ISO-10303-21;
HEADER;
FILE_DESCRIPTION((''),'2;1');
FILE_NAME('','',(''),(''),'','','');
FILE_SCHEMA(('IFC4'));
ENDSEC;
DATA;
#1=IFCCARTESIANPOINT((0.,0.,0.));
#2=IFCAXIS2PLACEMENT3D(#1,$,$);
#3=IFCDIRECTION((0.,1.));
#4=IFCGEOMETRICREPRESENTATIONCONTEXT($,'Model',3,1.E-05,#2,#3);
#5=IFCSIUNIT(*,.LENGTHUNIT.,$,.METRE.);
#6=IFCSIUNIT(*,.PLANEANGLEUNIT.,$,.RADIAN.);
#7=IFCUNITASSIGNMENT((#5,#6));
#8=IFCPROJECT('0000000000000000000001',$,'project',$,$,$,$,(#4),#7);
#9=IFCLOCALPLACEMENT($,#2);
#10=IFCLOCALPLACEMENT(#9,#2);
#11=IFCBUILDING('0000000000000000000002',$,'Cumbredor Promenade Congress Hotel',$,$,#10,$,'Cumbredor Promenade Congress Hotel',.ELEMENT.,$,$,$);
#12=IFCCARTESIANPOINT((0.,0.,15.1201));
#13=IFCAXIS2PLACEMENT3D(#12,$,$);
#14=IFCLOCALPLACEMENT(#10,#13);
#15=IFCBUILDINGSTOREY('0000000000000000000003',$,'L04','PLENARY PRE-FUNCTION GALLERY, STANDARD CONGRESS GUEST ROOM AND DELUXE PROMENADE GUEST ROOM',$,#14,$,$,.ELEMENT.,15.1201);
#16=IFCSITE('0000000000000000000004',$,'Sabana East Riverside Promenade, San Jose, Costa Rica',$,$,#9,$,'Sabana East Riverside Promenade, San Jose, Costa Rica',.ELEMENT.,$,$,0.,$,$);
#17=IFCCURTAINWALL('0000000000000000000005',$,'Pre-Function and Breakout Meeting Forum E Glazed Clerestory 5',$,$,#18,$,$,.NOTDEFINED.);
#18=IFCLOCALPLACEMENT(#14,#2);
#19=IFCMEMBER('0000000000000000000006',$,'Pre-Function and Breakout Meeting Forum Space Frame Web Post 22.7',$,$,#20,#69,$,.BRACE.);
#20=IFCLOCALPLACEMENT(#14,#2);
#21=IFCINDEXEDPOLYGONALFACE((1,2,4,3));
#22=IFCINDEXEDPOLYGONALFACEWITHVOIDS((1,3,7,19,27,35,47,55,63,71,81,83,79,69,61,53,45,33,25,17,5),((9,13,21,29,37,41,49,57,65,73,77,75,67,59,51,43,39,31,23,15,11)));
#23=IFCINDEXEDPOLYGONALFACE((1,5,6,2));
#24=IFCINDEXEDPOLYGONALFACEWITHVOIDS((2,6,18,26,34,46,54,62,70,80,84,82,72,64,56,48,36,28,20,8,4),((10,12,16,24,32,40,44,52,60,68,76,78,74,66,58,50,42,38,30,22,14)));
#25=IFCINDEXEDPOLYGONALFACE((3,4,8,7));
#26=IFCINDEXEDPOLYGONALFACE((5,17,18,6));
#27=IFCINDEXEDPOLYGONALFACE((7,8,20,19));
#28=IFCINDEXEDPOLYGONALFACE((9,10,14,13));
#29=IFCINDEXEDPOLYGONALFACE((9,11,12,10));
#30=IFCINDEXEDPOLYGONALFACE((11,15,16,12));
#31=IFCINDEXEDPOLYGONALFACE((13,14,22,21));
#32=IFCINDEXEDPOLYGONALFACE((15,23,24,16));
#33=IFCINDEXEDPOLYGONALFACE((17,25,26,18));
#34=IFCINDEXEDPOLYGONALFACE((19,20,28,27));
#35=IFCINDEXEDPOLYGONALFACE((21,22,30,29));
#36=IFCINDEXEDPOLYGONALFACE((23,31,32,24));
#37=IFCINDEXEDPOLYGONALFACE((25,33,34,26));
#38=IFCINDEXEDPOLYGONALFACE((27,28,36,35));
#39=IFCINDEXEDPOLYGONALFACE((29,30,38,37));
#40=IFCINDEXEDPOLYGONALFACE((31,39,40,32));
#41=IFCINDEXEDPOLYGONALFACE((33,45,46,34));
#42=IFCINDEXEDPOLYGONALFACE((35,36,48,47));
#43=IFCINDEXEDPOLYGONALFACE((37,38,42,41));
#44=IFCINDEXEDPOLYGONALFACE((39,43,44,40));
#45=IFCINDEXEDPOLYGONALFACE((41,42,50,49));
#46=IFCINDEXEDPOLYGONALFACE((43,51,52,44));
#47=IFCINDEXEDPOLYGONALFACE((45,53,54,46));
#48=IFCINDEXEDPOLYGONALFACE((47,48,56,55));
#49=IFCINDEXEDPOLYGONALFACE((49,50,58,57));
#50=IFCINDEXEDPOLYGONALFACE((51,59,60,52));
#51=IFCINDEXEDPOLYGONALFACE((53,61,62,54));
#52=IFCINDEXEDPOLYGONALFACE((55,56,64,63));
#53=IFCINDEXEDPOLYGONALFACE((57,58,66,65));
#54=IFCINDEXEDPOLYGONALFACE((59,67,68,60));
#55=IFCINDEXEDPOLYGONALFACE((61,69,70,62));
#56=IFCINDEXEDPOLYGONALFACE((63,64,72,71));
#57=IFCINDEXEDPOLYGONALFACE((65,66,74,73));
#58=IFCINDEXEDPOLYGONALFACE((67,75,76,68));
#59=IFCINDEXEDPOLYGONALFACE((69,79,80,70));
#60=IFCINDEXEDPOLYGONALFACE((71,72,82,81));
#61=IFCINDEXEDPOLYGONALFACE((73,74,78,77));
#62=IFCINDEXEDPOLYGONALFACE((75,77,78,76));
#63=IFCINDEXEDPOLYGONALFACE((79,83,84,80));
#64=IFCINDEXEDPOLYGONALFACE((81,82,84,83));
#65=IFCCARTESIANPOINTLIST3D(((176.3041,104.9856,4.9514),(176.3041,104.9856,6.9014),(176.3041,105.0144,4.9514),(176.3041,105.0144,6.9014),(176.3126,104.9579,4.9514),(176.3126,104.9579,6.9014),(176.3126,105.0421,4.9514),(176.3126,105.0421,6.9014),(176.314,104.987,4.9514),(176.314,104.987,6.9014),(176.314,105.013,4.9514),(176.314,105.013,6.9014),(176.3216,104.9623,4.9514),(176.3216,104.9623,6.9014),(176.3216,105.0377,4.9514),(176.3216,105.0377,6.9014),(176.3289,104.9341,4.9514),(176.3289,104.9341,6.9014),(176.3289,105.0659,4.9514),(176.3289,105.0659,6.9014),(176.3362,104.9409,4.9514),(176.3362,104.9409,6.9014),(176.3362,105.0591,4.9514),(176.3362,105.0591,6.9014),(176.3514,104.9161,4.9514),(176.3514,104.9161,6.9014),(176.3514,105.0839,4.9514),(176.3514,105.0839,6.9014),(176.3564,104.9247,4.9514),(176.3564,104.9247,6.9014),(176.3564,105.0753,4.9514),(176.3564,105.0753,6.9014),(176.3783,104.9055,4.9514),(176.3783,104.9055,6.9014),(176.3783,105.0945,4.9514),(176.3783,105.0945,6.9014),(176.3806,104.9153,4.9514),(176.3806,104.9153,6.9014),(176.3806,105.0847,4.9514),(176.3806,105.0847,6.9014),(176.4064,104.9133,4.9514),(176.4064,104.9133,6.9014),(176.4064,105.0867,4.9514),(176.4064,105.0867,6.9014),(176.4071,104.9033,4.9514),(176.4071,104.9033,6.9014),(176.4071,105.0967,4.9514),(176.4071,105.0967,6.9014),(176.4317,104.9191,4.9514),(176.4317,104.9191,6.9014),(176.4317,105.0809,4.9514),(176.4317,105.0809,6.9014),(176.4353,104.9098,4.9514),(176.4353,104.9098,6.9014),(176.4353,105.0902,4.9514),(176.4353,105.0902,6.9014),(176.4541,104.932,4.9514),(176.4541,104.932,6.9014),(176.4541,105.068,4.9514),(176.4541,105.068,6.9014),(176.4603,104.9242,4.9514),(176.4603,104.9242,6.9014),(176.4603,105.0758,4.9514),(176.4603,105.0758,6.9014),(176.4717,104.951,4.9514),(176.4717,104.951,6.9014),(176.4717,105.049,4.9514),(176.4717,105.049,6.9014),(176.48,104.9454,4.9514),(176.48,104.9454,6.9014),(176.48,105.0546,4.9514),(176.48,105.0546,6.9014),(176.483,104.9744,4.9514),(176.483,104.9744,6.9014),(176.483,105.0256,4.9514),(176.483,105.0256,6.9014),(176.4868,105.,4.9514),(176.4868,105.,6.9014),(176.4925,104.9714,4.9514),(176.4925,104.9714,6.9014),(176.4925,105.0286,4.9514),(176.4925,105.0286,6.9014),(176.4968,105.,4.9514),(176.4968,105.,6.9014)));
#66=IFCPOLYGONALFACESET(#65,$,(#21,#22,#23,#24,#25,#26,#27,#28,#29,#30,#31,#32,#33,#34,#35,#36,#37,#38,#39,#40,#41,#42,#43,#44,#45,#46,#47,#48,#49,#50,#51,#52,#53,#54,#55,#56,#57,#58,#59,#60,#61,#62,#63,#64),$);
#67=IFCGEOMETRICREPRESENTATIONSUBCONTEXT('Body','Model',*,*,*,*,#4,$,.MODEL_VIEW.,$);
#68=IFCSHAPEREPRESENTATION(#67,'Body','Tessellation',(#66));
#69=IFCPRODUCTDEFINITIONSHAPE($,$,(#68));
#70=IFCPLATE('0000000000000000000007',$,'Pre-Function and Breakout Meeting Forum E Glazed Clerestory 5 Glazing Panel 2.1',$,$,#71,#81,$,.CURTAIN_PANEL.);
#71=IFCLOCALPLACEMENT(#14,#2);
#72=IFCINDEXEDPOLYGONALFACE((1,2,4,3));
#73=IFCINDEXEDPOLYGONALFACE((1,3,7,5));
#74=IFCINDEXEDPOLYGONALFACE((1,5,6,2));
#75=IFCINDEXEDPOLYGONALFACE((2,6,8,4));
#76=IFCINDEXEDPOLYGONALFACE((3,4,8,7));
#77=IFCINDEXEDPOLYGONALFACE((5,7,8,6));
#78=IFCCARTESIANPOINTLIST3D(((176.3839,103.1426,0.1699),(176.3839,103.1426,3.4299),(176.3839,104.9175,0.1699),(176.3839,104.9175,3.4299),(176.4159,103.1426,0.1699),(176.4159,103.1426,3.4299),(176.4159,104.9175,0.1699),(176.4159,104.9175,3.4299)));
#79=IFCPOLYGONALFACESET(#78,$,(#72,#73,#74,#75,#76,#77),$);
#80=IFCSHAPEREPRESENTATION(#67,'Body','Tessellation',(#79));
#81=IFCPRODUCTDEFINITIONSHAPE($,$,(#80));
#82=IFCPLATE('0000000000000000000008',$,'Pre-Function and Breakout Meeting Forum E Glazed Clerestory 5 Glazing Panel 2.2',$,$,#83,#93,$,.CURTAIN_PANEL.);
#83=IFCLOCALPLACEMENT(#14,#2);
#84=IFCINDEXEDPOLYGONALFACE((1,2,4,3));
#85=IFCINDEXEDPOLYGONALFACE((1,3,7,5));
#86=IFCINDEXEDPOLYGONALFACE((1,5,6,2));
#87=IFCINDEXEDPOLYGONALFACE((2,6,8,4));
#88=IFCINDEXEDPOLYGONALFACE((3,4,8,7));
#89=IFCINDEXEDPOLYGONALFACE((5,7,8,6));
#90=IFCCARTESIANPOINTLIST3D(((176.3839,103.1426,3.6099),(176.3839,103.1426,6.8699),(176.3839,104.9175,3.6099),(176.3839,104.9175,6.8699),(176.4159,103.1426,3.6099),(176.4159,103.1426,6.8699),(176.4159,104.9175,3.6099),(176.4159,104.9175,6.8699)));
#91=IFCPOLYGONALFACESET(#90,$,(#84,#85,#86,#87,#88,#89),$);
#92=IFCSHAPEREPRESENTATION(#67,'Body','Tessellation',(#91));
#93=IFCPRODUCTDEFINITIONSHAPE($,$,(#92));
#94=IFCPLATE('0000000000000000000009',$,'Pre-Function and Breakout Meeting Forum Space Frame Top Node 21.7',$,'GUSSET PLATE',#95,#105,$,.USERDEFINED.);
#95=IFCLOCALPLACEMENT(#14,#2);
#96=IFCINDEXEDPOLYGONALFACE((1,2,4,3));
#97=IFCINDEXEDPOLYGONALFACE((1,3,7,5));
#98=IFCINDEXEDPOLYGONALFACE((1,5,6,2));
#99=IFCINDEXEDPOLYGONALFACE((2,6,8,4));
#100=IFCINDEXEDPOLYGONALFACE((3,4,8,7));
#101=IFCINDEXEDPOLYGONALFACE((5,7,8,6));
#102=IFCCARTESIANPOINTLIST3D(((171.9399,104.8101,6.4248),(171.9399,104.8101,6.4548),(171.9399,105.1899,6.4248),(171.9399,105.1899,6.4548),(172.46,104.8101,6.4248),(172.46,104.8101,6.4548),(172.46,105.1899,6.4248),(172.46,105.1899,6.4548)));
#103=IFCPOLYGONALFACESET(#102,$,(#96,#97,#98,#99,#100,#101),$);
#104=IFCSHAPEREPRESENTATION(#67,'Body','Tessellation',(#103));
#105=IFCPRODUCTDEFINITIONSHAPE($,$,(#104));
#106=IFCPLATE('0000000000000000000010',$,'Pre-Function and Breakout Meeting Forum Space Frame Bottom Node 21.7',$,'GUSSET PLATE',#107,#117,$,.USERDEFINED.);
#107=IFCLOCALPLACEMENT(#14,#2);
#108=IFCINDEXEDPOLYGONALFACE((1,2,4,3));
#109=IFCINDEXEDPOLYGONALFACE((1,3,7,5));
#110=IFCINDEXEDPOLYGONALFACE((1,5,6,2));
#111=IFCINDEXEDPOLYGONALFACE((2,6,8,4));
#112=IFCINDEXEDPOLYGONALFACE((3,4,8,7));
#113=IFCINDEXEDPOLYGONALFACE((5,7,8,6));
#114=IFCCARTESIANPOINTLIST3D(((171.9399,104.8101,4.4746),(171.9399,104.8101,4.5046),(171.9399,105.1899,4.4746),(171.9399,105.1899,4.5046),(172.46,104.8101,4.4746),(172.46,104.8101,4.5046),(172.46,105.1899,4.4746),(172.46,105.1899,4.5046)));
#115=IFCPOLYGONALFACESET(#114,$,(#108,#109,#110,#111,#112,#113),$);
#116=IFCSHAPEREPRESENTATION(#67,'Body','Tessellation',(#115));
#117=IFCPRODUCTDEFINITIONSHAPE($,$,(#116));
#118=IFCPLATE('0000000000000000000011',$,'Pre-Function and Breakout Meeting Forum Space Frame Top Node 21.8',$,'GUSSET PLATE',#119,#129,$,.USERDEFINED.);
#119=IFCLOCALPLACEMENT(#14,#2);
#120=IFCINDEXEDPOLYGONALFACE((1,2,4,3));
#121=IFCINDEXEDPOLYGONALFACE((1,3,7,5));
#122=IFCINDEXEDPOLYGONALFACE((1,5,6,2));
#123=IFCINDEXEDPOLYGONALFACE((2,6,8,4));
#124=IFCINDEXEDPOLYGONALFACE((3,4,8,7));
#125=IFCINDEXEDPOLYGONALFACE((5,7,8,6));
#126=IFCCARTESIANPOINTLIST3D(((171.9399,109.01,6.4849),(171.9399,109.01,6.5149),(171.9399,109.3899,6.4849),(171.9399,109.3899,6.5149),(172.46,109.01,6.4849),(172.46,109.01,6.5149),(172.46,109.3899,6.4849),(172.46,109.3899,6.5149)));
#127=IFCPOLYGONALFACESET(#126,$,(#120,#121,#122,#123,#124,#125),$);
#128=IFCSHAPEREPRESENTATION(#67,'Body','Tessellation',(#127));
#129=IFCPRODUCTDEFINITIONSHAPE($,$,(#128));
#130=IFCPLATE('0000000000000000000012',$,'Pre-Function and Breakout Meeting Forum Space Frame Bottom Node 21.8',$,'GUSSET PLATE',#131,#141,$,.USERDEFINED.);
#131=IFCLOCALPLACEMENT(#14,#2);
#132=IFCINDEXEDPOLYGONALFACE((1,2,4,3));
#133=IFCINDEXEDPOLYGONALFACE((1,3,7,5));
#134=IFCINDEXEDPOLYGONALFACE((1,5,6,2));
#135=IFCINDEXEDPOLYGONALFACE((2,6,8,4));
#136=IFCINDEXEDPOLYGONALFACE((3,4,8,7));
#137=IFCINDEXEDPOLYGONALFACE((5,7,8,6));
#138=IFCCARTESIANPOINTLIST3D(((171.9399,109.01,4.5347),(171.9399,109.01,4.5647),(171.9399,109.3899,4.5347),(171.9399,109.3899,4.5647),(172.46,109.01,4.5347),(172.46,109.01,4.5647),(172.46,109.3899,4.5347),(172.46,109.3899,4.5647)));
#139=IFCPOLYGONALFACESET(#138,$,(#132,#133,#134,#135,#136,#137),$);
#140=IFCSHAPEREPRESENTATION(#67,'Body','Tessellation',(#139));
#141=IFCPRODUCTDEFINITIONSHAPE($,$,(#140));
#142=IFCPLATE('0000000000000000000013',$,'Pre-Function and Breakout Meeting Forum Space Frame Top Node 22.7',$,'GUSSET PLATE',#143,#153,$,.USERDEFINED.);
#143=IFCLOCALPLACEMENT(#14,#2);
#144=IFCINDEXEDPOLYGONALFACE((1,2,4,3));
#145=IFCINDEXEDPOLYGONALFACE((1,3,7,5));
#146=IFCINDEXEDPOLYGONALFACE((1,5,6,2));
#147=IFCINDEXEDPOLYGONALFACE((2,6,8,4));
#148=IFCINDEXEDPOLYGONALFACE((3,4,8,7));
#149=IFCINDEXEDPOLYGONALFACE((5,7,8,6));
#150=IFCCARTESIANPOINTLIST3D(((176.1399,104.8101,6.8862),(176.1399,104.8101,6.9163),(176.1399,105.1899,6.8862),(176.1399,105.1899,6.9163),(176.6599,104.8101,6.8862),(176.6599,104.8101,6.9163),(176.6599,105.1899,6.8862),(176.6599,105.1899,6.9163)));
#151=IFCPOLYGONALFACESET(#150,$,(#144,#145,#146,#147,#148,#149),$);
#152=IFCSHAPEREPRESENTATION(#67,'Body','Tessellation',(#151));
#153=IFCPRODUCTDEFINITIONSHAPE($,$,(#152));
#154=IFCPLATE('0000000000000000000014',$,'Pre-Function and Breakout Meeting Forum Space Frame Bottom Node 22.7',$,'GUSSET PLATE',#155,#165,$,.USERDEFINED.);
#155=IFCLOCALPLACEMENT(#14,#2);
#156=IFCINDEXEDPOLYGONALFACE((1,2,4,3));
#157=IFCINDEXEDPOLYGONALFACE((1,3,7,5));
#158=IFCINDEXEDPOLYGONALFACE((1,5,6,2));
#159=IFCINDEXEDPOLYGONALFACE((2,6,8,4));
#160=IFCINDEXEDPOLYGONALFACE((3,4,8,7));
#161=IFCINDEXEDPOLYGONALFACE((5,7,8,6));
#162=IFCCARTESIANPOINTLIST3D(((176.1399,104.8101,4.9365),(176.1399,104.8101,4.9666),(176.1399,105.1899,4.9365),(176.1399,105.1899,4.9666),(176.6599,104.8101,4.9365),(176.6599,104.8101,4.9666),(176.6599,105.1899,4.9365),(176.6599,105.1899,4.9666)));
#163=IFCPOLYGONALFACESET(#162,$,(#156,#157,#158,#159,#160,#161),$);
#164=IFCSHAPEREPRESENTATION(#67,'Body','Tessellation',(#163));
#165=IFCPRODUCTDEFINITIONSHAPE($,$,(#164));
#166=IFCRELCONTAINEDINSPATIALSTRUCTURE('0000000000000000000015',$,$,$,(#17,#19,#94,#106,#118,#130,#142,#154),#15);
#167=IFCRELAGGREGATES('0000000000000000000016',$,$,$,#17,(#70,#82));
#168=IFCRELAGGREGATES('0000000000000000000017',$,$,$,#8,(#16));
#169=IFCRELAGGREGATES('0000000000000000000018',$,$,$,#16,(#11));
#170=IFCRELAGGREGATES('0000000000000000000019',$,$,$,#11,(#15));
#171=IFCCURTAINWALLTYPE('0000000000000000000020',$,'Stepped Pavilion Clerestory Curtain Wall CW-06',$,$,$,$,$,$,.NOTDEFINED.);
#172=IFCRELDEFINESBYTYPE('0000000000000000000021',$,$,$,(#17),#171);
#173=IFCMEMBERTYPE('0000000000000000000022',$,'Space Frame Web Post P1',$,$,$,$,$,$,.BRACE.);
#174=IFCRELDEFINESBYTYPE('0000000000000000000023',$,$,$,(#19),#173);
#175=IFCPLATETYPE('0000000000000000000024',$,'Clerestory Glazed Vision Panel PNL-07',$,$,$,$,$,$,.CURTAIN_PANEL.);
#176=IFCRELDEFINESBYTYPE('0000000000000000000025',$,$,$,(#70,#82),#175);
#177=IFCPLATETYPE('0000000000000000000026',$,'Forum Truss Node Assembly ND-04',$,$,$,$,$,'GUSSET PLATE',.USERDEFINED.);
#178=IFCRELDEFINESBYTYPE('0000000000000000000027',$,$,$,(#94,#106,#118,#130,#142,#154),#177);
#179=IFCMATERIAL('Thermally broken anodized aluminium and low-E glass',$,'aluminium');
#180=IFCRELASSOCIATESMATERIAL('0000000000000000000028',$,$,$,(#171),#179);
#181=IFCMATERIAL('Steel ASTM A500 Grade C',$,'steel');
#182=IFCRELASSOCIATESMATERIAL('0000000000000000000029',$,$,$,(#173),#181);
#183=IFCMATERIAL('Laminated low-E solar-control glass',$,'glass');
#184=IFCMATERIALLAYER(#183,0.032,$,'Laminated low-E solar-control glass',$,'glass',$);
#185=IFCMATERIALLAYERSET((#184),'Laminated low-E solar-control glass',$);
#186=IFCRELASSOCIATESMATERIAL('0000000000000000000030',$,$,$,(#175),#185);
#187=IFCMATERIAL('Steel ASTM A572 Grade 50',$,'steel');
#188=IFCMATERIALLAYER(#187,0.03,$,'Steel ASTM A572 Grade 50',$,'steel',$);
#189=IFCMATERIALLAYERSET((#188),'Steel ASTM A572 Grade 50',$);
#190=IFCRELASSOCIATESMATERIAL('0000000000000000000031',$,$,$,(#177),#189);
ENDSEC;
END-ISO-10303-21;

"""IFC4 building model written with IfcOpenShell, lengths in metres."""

from ifc_helpers import new_model, si_unit, direction, frame, origin, origin_2d, place, context, subcontext, project, spatial, rectangle, hollow_circle, extrude, material, layer, layer_set, material_profile, profile_set, type_object, element, aggregate, save


model = new_model("IFC4")

# Units and contexts
model_context = context("Model", 3, precision=1e-05, world=origin(), true_north=direction((0.0, 1.0)))
body_context = subcontext(model_context, "Body", "Model", "MODEL_VIEW")
ifc_project = project(units=[si_unit("LENGTHUNIT", "METRE"), si_unit("PLANEANGLEUNIT", "RADIAN")], contexts=[model_context])

# Site, building, storey
site_placement = place(None, origin())
site = spatial("IfcSite", under=ifc_project, at=site_placement, Name="Sabana East Riverside Promenade, San Jose, Costa Rica", LongName="Sabana East Riverside Promenade, San Jose, Costa Rica", CompositionType="ELEMENT", RefElevation=0.0)
building_placement = place(site_placement, origin())
building = spatial("IfcBuilding", under=site, at=building_placement, Name="Cumbredor Promenade Congress Hotel", LongName="Cumbredor Promenade Congress Hotel", CompositionType="ELEMENT")
storey_placement = place(building_placement, frame((0.0, 0.0, 15.1201)))
storey = spatial("IfcBuildingStorey", under=building, at=storey_placement, Name="L04", Description="PLENARY PRE-FUNCTION GALLERY, STANDARD CONGRESS GUEST ROOM AND DELUXE PROMENADE GUEST ROOM", CompositionType="ELEMENT", Elevation=15.1201)

# Curtain wall
ifc_material_1 = material(Name="Thermally broken anodized aluminium and low-E glass", Category="aluminium")
curtain_wall_type = type_object("IfcCurtainWallType", Name="Stepped Pavilion Clerestory Curtain Wall CW-06", PredefinedType="NOTDEFINED", material=ifc_material_1)
curtain_wall_placement = place(storey_placement, origin())
curtain_wall = element("IfcCurtainWall", 1, at=curtain_wall_placement, inside=storey, type_object=curtain_wall_type, Name="Pre-Function and Breakout Meeting Forum E Glazed Clerestory 5", PredefinedType="NOTDEFINED")

# Member
ifc_material_2 = material(Name="Steel ASTM A500 Grade C", Category="steel")
ifc_material_profile_1 = material_profile(ifc_material_2, hollow_circle(Radius=0.0969, WallThickness=0.01, at=origin_2d()), Name="CHS 193.7x10")
ifc_profile_set_1 = profile_set([ifc_material_profile_1], Name="Steel ASTM A500 Grade C")
member_type_1 = type_object("IfcMemberType", Name="Space Frame Web Post P1", PredefinedType="BRACE", material=ifc_profile_set_1)
member_1_placement = place(storey_placement, frame((176.3999, 105.0, 4.9514), z_axis=(0.0, 0.0, 1.0), x_axis=(1.0, 0.0, 0.0)))
element("IfcMember", 2, at=member_1_placement, inside=storey, type_object=member_type_1, Name="Pre-Function and Breakout Meeting Forum Space Frame Web Post 22.7", PredefinedType="BRACE", context=body_context, shape_type="SweptSolid", body=[
    extrude(hollow_circle(Radius=0.0969, WallThickness=0.01, at=origin_2d()), origin(), (0.0, 0.0, 1.0), 1.95),
])

# Plates
ifc_material_3 = material(Name="Laminated low-E solar-control glass", Category="glass")
ifc_layer_1 = layer(ifc_material_3, 0.032, Name="Laminated low-E solar-control glass", Category="glass")
ifc_layer_set_1 = layer_set([ifc_layer_1], Name="Laminated low-E solar-control glass")
plate_type_1 = type_object("IfcPlateType", Name="Clerestory Glazed Vision Panel PNL-07", PredefinedType="CURTAIN_PANEL", material=ifc_layer_set_1)
plate_1_placement = place(storey_placement, frame((176.3999, 104.03, 0.1699), z_axis=(0.0, 0.0, 1.0), x_axis=(0.0, 1.0, 0.0)))
plate_1 = element("IfcPlate", 3, at=plate_1_placement, type_object=plate_type_1, Name="Pre-Function and Breakout Meeting Forum E Glazed Clerestory 5 Glazing Panel 2.1", PredefinedType="CURTAIN_PANEL", context=body_context, shape_type="SweptSolid", body=[
    extrude(rectangle(XDim=1.7749, YDim=0.032, at=origin_2d()), origin(), (0.0, 0.0, 1.0), 3.26),
])
plate_2_placement = place(storey_placement, frame((176.3999, 104.03, 3.6099), z_axis=(0.0, 0.0, 1.0), x_axis=(0.0, 1.0, 0.0)))
plate_2 = element("IfcPlate", 4, at=plate_2_placement, type_object=plate_type_1, Name="Pre-Function and Breakout Meeting Forum E Glazed Clerestory 5 Glazing Panel 2.2", PredefinedType="CURTAIN_PANEL", context=body_context, shape_type="SweptSolid", body=[
    extrude(rectangle(XDim=1.7749, YDim=0.032, at=origin_2d()), origin(), (0.0, 0.0, 1.0), 3.26),
])
aggregate(curtain_wall, [plate_1, plate_2])

# Plates
ifc_material_4 = material(Name="Steel ASTM A572 Grade 50", Category="steel")
ifc_layer_2 = layer(ifc_material_4, 0.03, Name="Steel ASTM A572 Grade 50", Category="steel")
ifc_layer_set_2 = layer_set([ifc_layer_2], Name="Steel ASTM A572 Grade 50")
plate_type_2 = type_object("IfcPlateType", Name="Forum Truss Node Assembly ND-04", ElementType="GUSSET PLATE", PredefinedType="USERDEFINED", material=ifc_layer_set_2)
for number, where, z_axis, x_axis, name in (
    (5, (172.2, 105.0, 6.4248), (0.0, 0.0, 1.0), (1.0, 0.0, 0.0), "Pre-Function and Breakout Meeting Forum Space Frame Top Node 21.7"),
    (6, (172.2, 105.0, 4.4746), (0.0, 0.0, 1.0), (1.0, 0.0, 0.0), "Pre-Function and Breakout Meeting Forum Space Frame Bottom Node 21.7"),
    (7, (172.2, 109.2, 6.4849), (0.0, 0.0, 1.0), (1.0, 0.0, 0.0), "Pre-Function and Breakout Meeting Forum Space Frame Top Node 21.8"),
    (8, (172.2, 109.2, 4.5347), (0.0, 0.0, 1.0), (1.0, 0.0, 0.0), "Pre-Function and Breakout Meeting Forum Space Frame Bottom Node 21.8"),
    (9, (176.3999, 105.0, 6.8862), (0.0, 0.0, 1.0), (1.0, 0.0, 0.0), "Pre-Function and Breakout Meeting Forum Space Frame Top Node 22.7"),
    (10, (176.3999, 105.0, 4.9365), (0.0, 0.0, 1.0), (1.0, 0.0, 0.0), "Pre-Function and Breakout Meeting Forum Space Frame Bottom Node 22.7"),
):
    element("IfcPlate", number, at=place(storey_placement, frame(where, z_axis=z_axis, x_axis=x_axis)), inside=storey, type_object=plate_type_2, Name=name, ObjectType="GUSSET PLATE", PredefinedType="USERDEFINED", context=body_context, shape_type="SweptSolid", body=[
        extrude(rectangle(XDim=0.52, YDim=0.3799, at=origin_2d()), origin(), (0.0, 0.0, 1.0), 0.03),
    ])

save(model, "model.ifc")
